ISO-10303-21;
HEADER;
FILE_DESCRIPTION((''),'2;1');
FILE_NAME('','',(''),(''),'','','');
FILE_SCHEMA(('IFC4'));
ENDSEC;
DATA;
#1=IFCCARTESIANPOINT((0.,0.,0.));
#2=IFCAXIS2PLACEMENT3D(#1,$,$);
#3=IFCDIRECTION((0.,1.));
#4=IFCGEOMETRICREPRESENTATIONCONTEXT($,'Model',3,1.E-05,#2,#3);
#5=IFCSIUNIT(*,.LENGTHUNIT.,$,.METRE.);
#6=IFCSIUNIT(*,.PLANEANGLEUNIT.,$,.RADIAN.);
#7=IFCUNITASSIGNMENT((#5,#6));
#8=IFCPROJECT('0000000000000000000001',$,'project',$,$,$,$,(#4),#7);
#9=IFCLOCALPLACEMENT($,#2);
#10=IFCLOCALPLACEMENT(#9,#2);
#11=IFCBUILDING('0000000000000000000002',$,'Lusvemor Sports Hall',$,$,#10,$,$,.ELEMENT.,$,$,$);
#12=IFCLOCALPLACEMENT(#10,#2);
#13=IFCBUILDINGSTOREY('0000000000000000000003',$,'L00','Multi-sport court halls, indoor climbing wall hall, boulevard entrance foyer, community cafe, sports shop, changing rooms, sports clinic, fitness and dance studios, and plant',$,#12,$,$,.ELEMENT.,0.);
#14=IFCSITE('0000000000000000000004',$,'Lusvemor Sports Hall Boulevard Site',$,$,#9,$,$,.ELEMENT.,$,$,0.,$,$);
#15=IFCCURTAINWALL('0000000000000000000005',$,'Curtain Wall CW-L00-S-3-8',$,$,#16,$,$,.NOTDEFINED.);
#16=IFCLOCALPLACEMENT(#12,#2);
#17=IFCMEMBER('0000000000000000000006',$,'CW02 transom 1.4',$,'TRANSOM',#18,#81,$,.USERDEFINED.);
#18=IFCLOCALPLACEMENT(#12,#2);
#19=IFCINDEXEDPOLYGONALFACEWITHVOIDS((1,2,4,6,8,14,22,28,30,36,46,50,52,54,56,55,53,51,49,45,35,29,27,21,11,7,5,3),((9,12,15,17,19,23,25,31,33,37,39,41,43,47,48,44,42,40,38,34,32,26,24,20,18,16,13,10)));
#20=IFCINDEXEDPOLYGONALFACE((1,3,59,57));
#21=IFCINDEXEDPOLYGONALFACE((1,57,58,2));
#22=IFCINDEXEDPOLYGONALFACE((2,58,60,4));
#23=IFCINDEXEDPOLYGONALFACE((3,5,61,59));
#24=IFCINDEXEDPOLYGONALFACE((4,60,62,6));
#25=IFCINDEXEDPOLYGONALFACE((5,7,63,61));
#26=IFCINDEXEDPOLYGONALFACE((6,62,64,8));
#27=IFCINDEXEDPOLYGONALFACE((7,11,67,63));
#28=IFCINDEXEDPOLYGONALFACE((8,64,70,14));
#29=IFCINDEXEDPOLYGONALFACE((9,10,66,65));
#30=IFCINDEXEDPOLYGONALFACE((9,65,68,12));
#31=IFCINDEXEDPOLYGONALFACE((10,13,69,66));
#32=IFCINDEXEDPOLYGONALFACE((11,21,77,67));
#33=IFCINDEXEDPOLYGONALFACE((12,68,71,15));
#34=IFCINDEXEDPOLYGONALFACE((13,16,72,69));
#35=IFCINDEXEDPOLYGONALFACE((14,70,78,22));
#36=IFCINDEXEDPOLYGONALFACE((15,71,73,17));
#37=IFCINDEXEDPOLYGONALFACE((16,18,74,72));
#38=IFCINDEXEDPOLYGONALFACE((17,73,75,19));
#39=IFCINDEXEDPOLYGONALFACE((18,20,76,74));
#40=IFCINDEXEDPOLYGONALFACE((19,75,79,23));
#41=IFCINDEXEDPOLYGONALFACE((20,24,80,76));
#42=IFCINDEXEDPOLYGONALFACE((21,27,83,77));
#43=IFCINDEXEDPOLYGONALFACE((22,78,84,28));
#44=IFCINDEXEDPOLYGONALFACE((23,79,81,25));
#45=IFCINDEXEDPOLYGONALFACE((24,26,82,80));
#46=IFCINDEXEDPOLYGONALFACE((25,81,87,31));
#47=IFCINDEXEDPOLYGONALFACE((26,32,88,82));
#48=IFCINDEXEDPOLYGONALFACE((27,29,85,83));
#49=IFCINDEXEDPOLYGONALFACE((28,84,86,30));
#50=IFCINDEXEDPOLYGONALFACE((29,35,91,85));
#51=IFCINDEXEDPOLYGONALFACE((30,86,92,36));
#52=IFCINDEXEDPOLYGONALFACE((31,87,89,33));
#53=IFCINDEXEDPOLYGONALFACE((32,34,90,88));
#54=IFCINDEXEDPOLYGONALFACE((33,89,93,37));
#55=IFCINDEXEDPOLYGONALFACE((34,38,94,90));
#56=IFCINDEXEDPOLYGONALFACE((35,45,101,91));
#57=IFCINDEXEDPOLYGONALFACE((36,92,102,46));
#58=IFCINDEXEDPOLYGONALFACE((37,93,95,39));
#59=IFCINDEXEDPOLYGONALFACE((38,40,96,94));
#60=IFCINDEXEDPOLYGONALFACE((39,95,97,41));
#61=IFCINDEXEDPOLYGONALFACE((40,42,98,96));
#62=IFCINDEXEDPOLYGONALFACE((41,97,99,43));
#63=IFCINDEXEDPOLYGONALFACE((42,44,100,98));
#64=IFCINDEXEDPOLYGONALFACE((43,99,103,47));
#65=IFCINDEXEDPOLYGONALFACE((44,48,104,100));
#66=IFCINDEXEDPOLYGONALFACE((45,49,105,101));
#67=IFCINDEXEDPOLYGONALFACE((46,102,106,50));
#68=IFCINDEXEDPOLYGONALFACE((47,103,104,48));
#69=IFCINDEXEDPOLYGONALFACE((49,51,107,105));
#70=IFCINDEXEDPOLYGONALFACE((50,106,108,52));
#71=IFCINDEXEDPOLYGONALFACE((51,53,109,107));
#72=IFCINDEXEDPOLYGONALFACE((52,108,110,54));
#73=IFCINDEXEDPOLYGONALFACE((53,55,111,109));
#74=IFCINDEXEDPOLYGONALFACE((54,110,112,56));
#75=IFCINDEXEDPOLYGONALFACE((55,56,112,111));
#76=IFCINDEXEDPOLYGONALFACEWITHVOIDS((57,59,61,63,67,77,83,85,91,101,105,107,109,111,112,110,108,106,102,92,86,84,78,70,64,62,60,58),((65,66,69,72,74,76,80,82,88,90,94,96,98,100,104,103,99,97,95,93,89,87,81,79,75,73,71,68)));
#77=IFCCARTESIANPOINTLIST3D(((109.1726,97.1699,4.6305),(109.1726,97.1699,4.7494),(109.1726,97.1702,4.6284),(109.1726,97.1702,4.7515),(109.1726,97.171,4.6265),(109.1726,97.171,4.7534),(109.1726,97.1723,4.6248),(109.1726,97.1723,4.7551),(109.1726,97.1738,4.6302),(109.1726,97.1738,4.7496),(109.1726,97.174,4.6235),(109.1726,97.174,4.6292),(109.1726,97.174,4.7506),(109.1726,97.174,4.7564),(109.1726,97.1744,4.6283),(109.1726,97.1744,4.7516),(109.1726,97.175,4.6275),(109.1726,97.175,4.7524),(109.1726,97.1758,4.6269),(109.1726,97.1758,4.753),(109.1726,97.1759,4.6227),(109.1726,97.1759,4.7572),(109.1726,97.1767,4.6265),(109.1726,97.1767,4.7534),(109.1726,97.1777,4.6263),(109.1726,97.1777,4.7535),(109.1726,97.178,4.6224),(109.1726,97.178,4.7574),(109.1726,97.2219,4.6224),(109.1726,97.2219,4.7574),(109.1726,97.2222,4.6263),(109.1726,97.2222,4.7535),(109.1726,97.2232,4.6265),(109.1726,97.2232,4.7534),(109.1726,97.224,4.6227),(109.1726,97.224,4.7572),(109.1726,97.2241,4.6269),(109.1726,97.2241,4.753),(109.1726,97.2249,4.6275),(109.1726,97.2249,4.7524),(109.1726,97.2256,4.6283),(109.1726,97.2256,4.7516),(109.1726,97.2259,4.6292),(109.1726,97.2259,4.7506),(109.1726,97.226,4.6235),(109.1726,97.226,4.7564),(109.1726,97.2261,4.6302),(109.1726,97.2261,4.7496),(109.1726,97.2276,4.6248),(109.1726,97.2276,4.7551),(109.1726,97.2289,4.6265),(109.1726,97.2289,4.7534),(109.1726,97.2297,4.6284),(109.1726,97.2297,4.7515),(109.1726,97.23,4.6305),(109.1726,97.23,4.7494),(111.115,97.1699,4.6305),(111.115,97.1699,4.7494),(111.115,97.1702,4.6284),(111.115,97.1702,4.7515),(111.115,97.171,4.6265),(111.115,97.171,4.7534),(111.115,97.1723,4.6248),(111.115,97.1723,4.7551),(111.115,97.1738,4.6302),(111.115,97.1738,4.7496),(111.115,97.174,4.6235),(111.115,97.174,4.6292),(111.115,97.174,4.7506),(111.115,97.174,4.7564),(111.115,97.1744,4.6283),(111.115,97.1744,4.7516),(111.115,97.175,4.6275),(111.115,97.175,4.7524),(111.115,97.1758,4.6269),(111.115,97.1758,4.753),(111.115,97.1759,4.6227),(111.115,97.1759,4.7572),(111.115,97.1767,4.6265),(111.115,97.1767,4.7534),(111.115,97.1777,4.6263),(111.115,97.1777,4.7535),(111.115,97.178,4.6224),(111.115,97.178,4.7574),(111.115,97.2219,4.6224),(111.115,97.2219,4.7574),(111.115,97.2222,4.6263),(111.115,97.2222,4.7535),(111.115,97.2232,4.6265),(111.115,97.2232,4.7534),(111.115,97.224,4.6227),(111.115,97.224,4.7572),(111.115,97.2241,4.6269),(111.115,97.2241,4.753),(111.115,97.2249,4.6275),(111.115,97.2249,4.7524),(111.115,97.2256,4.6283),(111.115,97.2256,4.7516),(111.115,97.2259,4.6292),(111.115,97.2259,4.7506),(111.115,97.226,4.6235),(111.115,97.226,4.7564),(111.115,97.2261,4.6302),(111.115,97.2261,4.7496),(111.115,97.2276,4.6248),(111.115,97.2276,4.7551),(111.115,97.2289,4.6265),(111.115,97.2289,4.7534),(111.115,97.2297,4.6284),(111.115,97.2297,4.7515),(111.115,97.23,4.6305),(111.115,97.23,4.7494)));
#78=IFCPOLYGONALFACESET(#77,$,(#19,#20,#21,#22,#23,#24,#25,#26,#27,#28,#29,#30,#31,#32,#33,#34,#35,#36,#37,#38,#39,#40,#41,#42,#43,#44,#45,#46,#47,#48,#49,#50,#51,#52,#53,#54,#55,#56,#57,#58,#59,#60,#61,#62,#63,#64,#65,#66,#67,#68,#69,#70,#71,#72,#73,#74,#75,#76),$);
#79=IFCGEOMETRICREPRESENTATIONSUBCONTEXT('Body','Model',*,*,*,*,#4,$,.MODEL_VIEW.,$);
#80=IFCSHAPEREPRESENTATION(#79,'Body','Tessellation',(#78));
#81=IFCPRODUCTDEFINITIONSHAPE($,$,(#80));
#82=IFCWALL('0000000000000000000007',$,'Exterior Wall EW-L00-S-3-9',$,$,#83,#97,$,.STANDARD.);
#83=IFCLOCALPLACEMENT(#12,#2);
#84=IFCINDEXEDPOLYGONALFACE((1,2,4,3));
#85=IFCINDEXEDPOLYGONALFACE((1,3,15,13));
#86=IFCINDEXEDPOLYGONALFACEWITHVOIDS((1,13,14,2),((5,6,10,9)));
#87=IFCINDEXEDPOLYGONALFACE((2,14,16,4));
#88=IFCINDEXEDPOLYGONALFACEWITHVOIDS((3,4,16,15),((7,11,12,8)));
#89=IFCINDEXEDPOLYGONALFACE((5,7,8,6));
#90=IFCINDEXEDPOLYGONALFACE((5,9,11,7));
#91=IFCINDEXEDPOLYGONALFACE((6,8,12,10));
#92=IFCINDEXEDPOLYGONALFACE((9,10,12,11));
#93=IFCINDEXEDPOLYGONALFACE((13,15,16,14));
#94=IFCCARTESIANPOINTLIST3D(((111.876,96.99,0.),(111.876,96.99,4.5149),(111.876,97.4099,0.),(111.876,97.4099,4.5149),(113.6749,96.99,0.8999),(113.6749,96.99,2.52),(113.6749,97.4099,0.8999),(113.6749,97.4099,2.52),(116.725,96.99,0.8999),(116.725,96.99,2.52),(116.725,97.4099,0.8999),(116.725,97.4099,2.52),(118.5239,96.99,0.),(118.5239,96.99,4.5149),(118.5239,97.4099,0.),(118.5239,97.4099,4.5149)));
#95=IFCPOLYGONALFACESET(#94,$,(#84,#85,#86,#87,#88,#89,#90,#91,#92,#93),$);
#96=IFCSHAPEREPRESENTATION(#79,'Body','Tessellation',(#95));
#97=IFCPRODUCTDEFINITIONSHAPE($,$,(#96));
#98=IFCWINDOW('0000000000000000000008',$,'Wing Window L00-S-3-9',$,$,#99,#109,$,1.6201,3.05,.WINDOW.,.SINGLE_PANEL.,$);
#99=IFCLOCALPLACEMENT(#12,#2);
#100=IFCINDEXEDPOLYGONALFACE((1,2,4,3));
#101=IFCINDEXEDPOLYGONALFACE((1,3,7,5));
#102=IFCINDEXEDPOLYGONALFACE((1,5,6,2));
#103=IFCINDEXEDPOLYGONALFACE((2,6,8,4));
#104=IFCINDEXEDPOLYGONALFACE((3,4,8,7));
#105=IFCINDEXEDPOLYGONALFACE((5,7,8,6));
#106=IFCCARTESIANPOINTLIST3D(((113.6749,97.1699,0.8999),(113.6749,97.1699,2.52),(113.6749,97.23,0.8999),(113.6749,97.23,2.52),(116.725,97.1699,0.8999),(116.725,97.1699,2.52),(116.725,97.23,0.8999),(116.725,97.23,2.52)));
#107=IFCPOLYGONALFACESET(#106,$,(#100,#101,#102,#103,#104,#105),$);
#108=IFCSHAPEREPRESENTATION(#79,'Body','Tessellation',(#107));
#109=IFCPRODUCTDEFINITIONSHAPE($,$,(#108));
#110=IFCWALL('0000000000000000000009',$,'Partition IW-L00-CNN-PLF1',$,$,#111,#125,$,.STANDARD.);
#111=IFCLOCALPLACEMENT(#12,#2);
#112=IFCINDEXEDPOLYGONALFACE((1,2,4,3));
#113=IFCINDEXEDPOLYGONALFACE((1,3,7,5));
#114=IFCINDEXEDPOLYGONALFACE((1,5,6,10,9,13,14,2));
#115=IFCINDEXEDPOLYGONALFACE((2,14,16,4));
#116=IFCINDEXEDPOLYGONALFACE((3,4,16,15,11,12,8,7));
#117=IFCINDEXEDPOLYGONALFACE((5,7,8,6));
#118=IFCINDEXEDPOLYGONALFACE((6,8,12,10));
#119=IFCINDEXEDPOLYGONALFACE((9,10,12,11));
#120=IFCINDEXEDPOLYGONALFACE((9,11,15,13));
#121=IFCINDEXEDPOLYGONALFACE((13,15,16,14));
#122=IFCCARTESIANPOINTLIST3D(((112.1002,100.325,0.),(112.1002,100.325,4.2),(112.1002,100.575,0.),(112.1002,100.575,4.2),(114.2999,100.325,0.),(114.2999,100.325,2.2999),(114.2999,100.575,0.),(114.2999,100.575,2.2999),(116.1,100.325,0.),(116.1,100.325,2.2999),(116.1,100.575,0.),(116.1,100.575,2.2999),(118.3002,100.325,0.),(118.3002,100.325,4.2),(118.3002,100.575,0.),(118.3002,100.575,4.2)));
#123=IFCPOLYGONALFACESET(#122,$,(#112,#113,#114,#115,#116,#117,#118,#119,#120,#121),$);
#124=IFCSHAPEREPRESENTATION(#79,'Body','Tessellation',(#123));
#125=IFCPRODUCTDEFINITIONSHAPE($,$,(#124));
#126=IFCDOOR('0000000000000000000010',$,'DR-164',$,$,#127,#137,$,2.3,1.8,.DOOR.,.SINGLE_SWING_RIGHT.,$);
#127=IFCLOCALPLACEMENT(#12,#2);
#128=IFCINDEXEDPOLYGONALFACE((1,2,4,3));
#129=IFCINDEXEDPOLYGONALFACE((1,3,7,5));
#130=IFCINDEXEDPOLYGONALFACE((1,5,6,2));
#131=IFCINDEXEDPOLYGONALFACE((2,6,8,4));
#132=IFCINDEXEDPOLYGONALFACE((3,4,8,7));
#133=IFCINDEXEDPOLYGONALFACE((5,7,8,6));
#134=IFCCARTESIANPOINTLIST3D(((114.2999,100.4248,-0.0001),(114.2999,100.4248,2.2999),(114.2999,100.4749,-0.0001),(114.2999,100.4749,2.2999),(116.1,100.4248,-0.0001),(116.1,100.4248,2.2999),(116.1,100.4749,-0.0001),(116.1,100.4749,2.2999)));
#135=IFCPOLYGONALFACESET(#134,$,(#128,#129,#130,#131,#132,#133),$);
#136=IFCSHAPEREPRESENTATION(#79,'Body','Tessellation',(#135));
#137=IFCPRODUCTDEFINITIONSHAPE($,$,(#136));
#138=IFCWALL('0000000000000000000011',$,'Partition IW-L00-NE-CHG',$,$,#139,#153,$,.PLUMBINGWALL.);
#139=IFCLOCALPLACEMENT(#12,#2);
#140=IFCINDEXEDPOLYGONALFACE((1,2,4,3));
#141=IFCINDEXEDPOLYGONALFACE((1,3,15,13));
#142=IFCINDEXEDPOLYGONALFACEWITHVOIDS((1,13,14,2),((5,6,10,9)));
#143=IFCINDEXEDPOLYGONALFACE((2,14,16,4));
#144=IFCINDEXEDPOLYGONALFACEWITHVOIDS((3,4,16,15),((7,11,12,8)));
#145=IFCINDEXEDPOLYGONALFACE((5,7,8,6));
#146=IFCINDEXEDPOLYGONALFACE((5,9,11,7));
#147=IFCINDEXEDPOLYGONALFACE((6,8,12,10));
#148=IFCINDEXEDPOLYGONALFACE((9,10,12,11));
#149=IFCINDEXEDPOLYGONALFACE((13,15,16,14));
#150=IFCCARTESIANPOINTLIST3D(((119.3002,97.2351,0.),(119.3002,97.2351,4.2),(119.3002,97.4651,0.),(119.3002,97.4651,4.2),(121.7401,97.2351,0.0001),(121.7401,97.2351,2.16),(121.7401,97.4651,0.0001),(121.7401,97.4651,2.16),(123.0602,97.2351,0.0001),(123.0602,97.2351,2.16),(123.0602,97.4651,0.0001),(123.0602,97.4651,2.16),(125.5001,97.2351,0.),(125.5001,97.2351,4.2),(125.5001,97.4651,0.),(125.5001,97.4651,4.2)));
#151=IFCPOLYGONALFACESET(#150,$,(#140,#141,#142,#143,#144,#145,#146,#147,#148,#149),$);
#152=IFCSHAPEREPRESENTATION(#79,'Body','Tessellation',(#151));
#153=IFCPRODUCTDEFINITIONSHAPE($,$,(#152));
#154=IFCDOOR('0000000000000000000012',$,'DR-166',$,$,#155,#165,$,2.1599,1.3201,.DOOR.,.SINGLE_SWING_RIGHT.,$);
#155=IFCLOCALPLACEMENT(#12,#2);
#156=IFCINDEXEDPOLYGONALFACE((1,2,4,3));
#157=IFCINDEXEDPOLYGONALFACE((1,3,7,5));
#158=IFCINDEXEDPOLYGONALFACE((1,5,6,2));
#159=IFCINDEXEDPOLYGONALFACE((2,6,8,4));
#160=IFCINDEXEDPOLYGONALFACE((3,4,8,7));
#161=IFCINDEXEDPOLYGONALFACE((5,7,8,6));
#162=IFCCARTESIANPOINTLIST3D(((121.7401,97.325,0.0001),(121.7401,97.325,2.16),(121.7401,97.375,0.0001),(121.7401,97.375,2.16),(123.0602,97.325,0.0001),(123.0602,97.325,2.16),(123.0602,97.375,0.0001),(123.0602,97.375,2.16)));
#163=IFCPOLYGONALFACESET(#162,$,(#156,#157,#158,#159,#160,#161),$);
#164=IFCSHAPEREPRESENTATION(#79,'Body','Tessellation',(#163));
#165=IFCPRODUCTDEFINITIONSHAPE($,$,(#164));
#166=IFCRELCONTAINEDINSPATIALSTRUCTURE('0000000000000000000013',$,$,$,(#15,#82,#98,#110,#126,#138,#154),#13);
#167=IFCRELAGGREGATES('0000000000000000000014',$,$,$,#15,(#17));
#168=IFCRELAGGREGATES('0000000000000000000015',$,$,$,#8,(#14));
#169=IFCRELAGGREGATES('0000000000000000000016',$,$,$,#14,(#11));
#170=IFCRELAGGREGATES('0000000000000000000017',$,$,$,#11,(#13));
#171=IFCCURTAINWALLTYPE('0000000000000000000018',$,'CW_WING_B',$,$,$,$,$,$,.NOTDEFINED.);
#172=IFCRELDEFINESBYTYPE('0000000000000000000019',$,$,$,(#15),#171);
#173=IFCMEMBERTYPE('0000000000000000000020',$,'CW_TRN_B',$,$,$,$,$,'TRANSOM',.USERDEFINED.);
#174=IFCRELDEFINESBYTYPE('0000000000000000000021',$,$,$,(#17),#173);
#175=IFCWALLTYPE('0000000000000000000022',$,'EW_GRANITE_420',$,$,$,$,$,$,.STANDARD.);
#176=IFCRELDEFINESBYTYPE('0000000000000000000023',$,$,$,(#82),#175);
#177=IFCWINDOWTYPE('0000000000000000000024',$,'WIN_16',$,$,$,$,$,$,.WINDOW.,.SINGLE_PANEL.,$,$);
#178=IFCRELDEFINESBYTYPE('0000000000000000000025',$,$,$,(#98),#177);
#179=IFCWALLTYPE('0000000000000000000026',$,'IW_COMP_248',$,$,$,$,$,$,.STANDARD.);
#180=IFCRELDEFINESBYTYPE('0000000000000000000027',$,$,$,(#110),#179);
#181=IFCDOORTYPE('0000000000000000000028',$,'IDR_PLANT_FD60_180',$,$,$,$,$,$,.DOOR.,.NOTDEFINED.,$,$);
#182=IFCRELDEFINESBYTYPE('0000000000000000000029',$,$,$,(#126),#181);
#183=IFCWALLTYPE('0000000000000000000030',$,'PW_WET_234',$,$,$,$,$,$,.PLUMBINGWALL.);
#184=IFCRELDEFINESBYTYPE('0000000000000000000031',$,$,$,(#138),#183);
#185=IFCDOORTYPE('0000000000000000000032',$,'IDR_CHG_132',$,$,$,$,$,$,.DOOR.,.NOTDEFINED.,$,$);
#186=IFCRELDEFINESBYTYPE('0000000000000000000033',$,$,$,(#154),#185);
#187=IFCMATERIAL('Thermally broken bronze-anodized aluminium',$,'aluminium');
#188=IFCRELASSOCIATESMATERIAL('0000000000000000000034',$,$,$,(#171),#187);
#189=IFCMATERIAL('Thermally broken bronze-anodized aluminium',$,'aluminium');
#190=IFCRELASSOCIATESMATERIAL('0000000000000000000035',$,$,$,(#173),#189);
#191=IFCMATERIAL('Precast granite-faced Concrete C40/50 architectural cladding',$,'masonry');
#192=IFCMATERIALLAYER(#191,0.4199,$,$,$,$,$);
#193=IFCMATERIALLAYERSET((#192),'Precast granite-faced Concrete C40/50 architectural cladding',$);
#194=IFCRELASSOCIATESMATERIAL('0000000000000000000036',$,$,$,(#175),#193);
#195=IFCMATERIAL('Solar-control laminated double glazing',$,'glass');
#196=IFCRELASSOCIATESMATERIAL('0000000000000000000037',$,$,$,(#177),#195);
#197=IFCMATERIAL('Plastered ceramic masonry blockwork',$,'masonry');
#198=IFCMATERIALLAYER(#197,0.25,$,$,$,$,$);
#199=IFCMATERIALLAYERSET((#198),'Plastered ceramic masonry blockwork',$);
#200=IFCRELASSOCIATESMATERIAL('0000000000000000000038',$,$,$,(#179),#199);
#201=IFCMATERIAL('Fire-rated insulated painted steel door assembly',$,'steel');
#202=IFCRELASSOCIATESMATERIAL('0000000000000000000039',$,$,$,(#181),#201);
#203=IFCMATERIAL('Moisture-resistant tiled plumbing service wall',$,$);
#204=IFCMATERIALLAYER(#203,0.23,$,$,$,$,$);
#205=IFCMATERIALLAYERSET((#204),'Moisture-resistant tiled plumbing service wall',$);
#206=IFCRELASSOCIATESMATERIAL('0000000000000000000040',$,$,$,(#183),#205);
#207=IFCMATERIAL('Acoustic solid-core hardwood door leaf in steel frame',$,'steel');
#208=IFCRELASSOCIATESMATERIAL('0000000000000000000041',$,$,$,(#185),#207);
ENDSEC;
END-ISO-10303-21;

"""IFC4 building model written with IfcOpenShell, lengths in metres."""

from ifc_helpers import new_model, si_unit, direction, frame, frame_2d, origin, origin_2d, place, context, subcontext, project, spatial, rectangle, hollow_rectangle, extrude, material, layer, layer_set, material_profile, profile_set, type_object, element, fill, aggregate, save


model = new_model("IFC4")

# Units and contexts
model_context = context("Model", 3, precision=1e-05, world=origin(), true_north=direction((0.0, 1.0)))
body_context = subcontext(model_context, "Body", "Model", "MODEL_VIEW")
ifc_project = project(units=[si_unit("LENGTHUNIT", "METRE"), si_unit("PLANEANGLEUNIT", "RADIAN")], contexts=[model_context])

# Site, building, storey
site_placement = place(None, origin())
site = spatial("IfcSite", under=ifc_project, at=site_placement, Name="Lusvemor Sports Hall Boulevard Site", CompositionType="ELEMENT", RefElevation=0.0)
building_placement = place(site_placement, origin())
building = spatial("IfcBuilding", under=site, at=building_placement, Name="Lusvemor Sports Hall", CompositionType="ELEMENT")
storey_placement = place(building_placement, origin())
storey = spatial("IfcBuildingStorey", under=building, at=storey_placement, Name="L00", Description="Multi-sport court halls, indoor climbing wall hall, boulevard entrance foyer, community cafe, sports shop, changing rooms, sports clinic, fitness and dance studios, and plant", CompositionType="ELEMENT", Elevation=0.0)

# Curtain wall, member
ifc_material_1 = material(Name="Thermally broken bronze-anodized aluminium", Category="aluminium")
curtain_wall_type = type_object("IfcCurtainWallType", Name="CW_WING_B", PredefinedType="NOTDEFINED", material=ifc_material_1)
curtain_wall_placement = place(storey_placement, origin())
curtain_wall = element("IfcCurtainWall", 1, at=curtain_wall_placement, inside=storey, type_object=curtain_wall_type, Name="Curtain Wall CW-L00-S-3-8", PredefinedType="NOTDEFINED")
ifc_material_2 = material(Name="Thermally broken bronze-anodized aluminium", Category="aluminium")
ifc_material_profile_1 = material_profile(ifc_material_2, hollow_rectangle(XDim=0.0601, YDim=0.135, WallThickness=0.0039, InnerFilletRadius=0.0039, OuterFilletRadius=0.0081, at=origin_2d()), Name="CWTRN135x60x4")
ifc_profile_set_1 = profile_set([ifc_material_profile_1], Name="Thermally broken bronze-anodized aluminium")
member_type_1 = type_object("IfcMemberType", Name="CW_TRN_B", ElementType="TRANSOM", PredefinedType="USERDEFINED", material=ifc_profile_set_1)
member_1_placement = place(storey_placement, frame((111.115, 97.2, 4.6899), z_axis=(-1.0, 0.0, 0.0), x_axis=(0.0, -1.0, 0.0)))
member_1 = element("IfcMember", 2, at=member_1_placement, type_object=member_type_1, Name="CW02 transom 1.4", ObjectType="TRANSOM", PredefinedType="USERDEFINED", context=body_context, shape_type="SweptSolid", body=[
    extrude(hollow_rectangle(XDim=0.0601, YDim=0.135, WallThickness=0.0039, InnerFilletRadius=0.0039, OuterFilletRadius=0.0081, at=origin_2d()), origin(), (0.0, 0.0, 1.0), 1.9424),
])
aggregate(curtain_wall, [member_1])

# Wall, opening, window
ifc_material_3 = material(Name="Precast granite-faced Concrete C40/50 architectural cladding", Category="masonry")
ifc_layer_1 = layer(ifc_material_3, 0.4199)
ifc_layer_set_1 = layer_set([ifc_layer_1], Name="Precast granite-faced Concrete C40/50 architectural cladding")
wall_type_1 = type_object("IfcWallType", Name="EW_GRANITE_420", PredefinedType="STANDARD", material=ifc_layer_set_1)
wall_1_placement = place(storey_placement, frame((118.5239, 97.2, 0.0), z_axis=(0.0, 0.0, 1.0), x_axis=(-1.0, 0.0, 0.0)))
wall_1 = element("IfcWall", 3, at=wall_1_placement, inside=storey, type_object=wall_type_1, Name="Exterior Wall EW-L00-S-3-9", PredefinedType="STANDARD", context=body_context, shape_type="SweptSolid", body=[
    extrude(rectangle(XDim=6.6479, YDim=0.4199, at=frame_2d((3.324, 0.0))), origin(), (0.0, 0.0, 1.0), 4.5149),
])
opening_1_placement = place(wall_1_placement, frame((1.7991, 0.0, 0.8999)))
opening_1 = element("IfcOpeningElement", 4, at=opening_1_placement, cuts=wall_1, PredefinedType="OPENING", context=body_context, shape_type="SweptSolid", body=[
    extrude(rectangle(XDim=3.05, YDim=1.6201, at=frame_2d((1.5249, 0.8101))), frame((0.0, 0.21, 0.0), z_axis=(0.0, -1.0, 0.0), x_axis=(1.0, 0.0, 0.0)), (0.0, 0.0, 1.0), 0.4199),
])
ifc_material_4 = material(Name="Solar-control laminated double glazing", Category="glass")
window_type = type_object("IfcWindowType", Name="WIN_16", PartitioningType="SINGLE_PANEL", PredefinedType="WINDOW", material=ifc_material_4)
window_placement = place(opening_1_placement, origin())
window = element("IfcWindow", 5, at=window_placement, inside=storey, type_object=window_type, Name="Wing Window L00-S-3-9", OverallHeight=1.6201, OverallWidth=3.05, PartitioningType="SINGLE_PANEL", PredefinedType="WINDOW", context=body_context, shape_type="SweptSolid", body=[
    extrude(rectangle(XDim=3.05, YDim=1.6201, at=frame_2d((1.5249, 0.8101))), frame((0.0, 0.03, 0.0), z_axis=(0.0, -1.0, 0.0), x_axis=(1.0, 0.0, 0.0)), (0.0, 0.0, 1.0), 0.0601),
])
fill(opening_1, window)

# Walls, openings, doors
ifc_material_5 = material(Name="Plastered ceramic masonry blockwork", Category="masonry")
ifc_layer_2 = layer(ifc_material_5, 0.25)
ifc_layer_set_2 = layer_set([ifc_layer_2], Name="Plastered ceramic masonry blockwork")
wall_type_2 = type_object("IfcWallType", Name="IW_COMP_248", PredefinedType="STANDARD", material=ifc_layer_set_2)
wall_2_placement = place(storey_placement, frame((112.1001, 100.45, 0.0), z_axis=(0.0, 0.0, 1.0), x_axis=(1.0, 0.0, 0.0)))
wall_2 = element("IfcWall", 6, at=wall_2_placement, inside=storey, type_object=wall_type_2, Name="Partition IW-L00-CNN-PLF1", PredefinedType="STANDARD", context=body_context, shape_type="SweptSolid", body=[
    extrude(rectangle(XDim=6.2, YDim=0.25, at=frame_2d((3.1001, 0.0))), origin(), (0.0, 0.0, 1.0), 4.2),
])
opening_2_placement = place(wall_2_placement, frame((2.2, 0.0, 0.0)))
opening_2 = element("IfcOpeningElement", 7, at=opening_2_placement, cuts=wall_2, PredefinedType="OPENING", context=body_context, shape_type="SweptSolid", body=[
    extrude(rectangle(XDim=1.8, YDim=2.3, at=frame_2d((0.8999, 1.1499))), frame((0.0, 0.125, 0.0), z_axis=(0.0, -1.0, 0.0), x_axis=(1.0, 0.0, 0.0)), (0.0, 0.0, 1.0), 0.25),
])
ifc_material_6 = material(Name="Fire-rated insulated painted steel door assembly", Category="steel")
door_type_1 = type_object("IfcDoorType", Name="IDR_PLANT_FD60_180", OperationType="NOTDEFINED", PredefinedType="DOOR", material=ifc_material_6)
door_1_placement = place(opening_2_placement, origin())
door_1 = element("IfcDoor", 8, at=door_1_placement, inside=storey, type_object=door_type_1, Name="DR-164", OperationType="SINGLE_SWING_RIGHT", OverallHeight=2.3, OverallWidth=1.8, PredefinedType="DOOR", context=body_context, shape_type="SweptSolid", body=[
    extrude(rectangle(XDim=1.8, YDim=2.3, at=frame_2d((0.8999, 1.1499))), frame((0.0, 0.0249, 0.0), z_axis=(0.0, -1.0, 0.0), x_axis=(1.0, 0.0, 0.0)), (0.0, 0.0, 1.0), 0.05),
])
fill(opening_2, door_1)
ifc_material_7 = material(Name="Moisture-resistant tiled plumbing service wall")
ifc_layer_3 = layer(ifc_material_7, 0.23)
ifc_layer_set_3 = layer_set([ifc_layer_3], Name="Moisture-resistant tiled plumbing service wall")
wall_type_3 = type_object("IfcWallType", Name="PW_WET_234", PredefinedType="PLUMBINGWALL", material=ifc_layer_set_3)
wall_3_placement = place(storey_placement, frame((119.3, 97.3501, 0.0), z_axis=(0.0, 0.0, 1.0), x_axis=(1.0, 0.0, 0.0)))
wall_3 = element("IfcWall", 9, at=wall_3_placement, inside=storey, type_object=wall_type_3, Name="Partition IW-L00-NE-CHG", PredefinedType="PLUMBINGWALL", context=body_context, shape_type="SweptSolid", body=[
    extrude(rectangle(XDim=6.2, YDim=0.23, at=frame_2d((3.1001, 0.0))), origin(), (0.0, 0.0, 1.0), 4.2),
])
opening_3_placement = place(wall_3_placement, frame((2.4399, 0.0, 0.0)))
opening_3 = element("IfcOpeningElement", 10, at=opening_3_placement, cuts=wall_3, PredefinedType="OPENING", context=body_context, shape_type="SweptSolid", body=[
    extrude(rectangle(XDim=1.3201, YDim=2.1599, at=frame_2d((0.6602, 1.0801))), frame((0.0, 0.115, 0.0), z_axis=(0.0, -1.0, 0.0), x_axis=(1.0, 0.0, 0.0)), (0.0, 0.0, 1.0), 0.23),
])
ifc_material_8 = material(Name="Acoustic solid-core hardwood door leaf in steel frame", Category="steel")
door_type_2 = type_object("IfcDoorType", Name="IDR_CHG_132", OperationType="NOTDEFINED", PredefinedType="DOOR", material=ifc_material_8)
door_2_placement = place(opening_3_placement, origin())
door_2 = element("IfcDoor", 11, at=door_2_placement, inside=storey, type_object=door_type_2, Name="DR-166", OperationType="SINGLE_SWING_RIGHT", OverallHeight=2.1599, OverallWidth=1.3201, PredefinedType="DOOR", context=body_context, shape_type="SweptSolid", body=[
    extrude(rectangle(XDim=1.3201, YDim=2.1599, at=frame_2d((0.6602, 1.0801))), frame((0.0, 0.0249, 0.0), z_axis=(0.0, -1.0, 0.0), x_axis=(1.0, 0.0, 0.0)), (0.0, 0.0, 1.0), 0.05),
])
fill(opening_3, door_2)

save(model, "model.ifc")
